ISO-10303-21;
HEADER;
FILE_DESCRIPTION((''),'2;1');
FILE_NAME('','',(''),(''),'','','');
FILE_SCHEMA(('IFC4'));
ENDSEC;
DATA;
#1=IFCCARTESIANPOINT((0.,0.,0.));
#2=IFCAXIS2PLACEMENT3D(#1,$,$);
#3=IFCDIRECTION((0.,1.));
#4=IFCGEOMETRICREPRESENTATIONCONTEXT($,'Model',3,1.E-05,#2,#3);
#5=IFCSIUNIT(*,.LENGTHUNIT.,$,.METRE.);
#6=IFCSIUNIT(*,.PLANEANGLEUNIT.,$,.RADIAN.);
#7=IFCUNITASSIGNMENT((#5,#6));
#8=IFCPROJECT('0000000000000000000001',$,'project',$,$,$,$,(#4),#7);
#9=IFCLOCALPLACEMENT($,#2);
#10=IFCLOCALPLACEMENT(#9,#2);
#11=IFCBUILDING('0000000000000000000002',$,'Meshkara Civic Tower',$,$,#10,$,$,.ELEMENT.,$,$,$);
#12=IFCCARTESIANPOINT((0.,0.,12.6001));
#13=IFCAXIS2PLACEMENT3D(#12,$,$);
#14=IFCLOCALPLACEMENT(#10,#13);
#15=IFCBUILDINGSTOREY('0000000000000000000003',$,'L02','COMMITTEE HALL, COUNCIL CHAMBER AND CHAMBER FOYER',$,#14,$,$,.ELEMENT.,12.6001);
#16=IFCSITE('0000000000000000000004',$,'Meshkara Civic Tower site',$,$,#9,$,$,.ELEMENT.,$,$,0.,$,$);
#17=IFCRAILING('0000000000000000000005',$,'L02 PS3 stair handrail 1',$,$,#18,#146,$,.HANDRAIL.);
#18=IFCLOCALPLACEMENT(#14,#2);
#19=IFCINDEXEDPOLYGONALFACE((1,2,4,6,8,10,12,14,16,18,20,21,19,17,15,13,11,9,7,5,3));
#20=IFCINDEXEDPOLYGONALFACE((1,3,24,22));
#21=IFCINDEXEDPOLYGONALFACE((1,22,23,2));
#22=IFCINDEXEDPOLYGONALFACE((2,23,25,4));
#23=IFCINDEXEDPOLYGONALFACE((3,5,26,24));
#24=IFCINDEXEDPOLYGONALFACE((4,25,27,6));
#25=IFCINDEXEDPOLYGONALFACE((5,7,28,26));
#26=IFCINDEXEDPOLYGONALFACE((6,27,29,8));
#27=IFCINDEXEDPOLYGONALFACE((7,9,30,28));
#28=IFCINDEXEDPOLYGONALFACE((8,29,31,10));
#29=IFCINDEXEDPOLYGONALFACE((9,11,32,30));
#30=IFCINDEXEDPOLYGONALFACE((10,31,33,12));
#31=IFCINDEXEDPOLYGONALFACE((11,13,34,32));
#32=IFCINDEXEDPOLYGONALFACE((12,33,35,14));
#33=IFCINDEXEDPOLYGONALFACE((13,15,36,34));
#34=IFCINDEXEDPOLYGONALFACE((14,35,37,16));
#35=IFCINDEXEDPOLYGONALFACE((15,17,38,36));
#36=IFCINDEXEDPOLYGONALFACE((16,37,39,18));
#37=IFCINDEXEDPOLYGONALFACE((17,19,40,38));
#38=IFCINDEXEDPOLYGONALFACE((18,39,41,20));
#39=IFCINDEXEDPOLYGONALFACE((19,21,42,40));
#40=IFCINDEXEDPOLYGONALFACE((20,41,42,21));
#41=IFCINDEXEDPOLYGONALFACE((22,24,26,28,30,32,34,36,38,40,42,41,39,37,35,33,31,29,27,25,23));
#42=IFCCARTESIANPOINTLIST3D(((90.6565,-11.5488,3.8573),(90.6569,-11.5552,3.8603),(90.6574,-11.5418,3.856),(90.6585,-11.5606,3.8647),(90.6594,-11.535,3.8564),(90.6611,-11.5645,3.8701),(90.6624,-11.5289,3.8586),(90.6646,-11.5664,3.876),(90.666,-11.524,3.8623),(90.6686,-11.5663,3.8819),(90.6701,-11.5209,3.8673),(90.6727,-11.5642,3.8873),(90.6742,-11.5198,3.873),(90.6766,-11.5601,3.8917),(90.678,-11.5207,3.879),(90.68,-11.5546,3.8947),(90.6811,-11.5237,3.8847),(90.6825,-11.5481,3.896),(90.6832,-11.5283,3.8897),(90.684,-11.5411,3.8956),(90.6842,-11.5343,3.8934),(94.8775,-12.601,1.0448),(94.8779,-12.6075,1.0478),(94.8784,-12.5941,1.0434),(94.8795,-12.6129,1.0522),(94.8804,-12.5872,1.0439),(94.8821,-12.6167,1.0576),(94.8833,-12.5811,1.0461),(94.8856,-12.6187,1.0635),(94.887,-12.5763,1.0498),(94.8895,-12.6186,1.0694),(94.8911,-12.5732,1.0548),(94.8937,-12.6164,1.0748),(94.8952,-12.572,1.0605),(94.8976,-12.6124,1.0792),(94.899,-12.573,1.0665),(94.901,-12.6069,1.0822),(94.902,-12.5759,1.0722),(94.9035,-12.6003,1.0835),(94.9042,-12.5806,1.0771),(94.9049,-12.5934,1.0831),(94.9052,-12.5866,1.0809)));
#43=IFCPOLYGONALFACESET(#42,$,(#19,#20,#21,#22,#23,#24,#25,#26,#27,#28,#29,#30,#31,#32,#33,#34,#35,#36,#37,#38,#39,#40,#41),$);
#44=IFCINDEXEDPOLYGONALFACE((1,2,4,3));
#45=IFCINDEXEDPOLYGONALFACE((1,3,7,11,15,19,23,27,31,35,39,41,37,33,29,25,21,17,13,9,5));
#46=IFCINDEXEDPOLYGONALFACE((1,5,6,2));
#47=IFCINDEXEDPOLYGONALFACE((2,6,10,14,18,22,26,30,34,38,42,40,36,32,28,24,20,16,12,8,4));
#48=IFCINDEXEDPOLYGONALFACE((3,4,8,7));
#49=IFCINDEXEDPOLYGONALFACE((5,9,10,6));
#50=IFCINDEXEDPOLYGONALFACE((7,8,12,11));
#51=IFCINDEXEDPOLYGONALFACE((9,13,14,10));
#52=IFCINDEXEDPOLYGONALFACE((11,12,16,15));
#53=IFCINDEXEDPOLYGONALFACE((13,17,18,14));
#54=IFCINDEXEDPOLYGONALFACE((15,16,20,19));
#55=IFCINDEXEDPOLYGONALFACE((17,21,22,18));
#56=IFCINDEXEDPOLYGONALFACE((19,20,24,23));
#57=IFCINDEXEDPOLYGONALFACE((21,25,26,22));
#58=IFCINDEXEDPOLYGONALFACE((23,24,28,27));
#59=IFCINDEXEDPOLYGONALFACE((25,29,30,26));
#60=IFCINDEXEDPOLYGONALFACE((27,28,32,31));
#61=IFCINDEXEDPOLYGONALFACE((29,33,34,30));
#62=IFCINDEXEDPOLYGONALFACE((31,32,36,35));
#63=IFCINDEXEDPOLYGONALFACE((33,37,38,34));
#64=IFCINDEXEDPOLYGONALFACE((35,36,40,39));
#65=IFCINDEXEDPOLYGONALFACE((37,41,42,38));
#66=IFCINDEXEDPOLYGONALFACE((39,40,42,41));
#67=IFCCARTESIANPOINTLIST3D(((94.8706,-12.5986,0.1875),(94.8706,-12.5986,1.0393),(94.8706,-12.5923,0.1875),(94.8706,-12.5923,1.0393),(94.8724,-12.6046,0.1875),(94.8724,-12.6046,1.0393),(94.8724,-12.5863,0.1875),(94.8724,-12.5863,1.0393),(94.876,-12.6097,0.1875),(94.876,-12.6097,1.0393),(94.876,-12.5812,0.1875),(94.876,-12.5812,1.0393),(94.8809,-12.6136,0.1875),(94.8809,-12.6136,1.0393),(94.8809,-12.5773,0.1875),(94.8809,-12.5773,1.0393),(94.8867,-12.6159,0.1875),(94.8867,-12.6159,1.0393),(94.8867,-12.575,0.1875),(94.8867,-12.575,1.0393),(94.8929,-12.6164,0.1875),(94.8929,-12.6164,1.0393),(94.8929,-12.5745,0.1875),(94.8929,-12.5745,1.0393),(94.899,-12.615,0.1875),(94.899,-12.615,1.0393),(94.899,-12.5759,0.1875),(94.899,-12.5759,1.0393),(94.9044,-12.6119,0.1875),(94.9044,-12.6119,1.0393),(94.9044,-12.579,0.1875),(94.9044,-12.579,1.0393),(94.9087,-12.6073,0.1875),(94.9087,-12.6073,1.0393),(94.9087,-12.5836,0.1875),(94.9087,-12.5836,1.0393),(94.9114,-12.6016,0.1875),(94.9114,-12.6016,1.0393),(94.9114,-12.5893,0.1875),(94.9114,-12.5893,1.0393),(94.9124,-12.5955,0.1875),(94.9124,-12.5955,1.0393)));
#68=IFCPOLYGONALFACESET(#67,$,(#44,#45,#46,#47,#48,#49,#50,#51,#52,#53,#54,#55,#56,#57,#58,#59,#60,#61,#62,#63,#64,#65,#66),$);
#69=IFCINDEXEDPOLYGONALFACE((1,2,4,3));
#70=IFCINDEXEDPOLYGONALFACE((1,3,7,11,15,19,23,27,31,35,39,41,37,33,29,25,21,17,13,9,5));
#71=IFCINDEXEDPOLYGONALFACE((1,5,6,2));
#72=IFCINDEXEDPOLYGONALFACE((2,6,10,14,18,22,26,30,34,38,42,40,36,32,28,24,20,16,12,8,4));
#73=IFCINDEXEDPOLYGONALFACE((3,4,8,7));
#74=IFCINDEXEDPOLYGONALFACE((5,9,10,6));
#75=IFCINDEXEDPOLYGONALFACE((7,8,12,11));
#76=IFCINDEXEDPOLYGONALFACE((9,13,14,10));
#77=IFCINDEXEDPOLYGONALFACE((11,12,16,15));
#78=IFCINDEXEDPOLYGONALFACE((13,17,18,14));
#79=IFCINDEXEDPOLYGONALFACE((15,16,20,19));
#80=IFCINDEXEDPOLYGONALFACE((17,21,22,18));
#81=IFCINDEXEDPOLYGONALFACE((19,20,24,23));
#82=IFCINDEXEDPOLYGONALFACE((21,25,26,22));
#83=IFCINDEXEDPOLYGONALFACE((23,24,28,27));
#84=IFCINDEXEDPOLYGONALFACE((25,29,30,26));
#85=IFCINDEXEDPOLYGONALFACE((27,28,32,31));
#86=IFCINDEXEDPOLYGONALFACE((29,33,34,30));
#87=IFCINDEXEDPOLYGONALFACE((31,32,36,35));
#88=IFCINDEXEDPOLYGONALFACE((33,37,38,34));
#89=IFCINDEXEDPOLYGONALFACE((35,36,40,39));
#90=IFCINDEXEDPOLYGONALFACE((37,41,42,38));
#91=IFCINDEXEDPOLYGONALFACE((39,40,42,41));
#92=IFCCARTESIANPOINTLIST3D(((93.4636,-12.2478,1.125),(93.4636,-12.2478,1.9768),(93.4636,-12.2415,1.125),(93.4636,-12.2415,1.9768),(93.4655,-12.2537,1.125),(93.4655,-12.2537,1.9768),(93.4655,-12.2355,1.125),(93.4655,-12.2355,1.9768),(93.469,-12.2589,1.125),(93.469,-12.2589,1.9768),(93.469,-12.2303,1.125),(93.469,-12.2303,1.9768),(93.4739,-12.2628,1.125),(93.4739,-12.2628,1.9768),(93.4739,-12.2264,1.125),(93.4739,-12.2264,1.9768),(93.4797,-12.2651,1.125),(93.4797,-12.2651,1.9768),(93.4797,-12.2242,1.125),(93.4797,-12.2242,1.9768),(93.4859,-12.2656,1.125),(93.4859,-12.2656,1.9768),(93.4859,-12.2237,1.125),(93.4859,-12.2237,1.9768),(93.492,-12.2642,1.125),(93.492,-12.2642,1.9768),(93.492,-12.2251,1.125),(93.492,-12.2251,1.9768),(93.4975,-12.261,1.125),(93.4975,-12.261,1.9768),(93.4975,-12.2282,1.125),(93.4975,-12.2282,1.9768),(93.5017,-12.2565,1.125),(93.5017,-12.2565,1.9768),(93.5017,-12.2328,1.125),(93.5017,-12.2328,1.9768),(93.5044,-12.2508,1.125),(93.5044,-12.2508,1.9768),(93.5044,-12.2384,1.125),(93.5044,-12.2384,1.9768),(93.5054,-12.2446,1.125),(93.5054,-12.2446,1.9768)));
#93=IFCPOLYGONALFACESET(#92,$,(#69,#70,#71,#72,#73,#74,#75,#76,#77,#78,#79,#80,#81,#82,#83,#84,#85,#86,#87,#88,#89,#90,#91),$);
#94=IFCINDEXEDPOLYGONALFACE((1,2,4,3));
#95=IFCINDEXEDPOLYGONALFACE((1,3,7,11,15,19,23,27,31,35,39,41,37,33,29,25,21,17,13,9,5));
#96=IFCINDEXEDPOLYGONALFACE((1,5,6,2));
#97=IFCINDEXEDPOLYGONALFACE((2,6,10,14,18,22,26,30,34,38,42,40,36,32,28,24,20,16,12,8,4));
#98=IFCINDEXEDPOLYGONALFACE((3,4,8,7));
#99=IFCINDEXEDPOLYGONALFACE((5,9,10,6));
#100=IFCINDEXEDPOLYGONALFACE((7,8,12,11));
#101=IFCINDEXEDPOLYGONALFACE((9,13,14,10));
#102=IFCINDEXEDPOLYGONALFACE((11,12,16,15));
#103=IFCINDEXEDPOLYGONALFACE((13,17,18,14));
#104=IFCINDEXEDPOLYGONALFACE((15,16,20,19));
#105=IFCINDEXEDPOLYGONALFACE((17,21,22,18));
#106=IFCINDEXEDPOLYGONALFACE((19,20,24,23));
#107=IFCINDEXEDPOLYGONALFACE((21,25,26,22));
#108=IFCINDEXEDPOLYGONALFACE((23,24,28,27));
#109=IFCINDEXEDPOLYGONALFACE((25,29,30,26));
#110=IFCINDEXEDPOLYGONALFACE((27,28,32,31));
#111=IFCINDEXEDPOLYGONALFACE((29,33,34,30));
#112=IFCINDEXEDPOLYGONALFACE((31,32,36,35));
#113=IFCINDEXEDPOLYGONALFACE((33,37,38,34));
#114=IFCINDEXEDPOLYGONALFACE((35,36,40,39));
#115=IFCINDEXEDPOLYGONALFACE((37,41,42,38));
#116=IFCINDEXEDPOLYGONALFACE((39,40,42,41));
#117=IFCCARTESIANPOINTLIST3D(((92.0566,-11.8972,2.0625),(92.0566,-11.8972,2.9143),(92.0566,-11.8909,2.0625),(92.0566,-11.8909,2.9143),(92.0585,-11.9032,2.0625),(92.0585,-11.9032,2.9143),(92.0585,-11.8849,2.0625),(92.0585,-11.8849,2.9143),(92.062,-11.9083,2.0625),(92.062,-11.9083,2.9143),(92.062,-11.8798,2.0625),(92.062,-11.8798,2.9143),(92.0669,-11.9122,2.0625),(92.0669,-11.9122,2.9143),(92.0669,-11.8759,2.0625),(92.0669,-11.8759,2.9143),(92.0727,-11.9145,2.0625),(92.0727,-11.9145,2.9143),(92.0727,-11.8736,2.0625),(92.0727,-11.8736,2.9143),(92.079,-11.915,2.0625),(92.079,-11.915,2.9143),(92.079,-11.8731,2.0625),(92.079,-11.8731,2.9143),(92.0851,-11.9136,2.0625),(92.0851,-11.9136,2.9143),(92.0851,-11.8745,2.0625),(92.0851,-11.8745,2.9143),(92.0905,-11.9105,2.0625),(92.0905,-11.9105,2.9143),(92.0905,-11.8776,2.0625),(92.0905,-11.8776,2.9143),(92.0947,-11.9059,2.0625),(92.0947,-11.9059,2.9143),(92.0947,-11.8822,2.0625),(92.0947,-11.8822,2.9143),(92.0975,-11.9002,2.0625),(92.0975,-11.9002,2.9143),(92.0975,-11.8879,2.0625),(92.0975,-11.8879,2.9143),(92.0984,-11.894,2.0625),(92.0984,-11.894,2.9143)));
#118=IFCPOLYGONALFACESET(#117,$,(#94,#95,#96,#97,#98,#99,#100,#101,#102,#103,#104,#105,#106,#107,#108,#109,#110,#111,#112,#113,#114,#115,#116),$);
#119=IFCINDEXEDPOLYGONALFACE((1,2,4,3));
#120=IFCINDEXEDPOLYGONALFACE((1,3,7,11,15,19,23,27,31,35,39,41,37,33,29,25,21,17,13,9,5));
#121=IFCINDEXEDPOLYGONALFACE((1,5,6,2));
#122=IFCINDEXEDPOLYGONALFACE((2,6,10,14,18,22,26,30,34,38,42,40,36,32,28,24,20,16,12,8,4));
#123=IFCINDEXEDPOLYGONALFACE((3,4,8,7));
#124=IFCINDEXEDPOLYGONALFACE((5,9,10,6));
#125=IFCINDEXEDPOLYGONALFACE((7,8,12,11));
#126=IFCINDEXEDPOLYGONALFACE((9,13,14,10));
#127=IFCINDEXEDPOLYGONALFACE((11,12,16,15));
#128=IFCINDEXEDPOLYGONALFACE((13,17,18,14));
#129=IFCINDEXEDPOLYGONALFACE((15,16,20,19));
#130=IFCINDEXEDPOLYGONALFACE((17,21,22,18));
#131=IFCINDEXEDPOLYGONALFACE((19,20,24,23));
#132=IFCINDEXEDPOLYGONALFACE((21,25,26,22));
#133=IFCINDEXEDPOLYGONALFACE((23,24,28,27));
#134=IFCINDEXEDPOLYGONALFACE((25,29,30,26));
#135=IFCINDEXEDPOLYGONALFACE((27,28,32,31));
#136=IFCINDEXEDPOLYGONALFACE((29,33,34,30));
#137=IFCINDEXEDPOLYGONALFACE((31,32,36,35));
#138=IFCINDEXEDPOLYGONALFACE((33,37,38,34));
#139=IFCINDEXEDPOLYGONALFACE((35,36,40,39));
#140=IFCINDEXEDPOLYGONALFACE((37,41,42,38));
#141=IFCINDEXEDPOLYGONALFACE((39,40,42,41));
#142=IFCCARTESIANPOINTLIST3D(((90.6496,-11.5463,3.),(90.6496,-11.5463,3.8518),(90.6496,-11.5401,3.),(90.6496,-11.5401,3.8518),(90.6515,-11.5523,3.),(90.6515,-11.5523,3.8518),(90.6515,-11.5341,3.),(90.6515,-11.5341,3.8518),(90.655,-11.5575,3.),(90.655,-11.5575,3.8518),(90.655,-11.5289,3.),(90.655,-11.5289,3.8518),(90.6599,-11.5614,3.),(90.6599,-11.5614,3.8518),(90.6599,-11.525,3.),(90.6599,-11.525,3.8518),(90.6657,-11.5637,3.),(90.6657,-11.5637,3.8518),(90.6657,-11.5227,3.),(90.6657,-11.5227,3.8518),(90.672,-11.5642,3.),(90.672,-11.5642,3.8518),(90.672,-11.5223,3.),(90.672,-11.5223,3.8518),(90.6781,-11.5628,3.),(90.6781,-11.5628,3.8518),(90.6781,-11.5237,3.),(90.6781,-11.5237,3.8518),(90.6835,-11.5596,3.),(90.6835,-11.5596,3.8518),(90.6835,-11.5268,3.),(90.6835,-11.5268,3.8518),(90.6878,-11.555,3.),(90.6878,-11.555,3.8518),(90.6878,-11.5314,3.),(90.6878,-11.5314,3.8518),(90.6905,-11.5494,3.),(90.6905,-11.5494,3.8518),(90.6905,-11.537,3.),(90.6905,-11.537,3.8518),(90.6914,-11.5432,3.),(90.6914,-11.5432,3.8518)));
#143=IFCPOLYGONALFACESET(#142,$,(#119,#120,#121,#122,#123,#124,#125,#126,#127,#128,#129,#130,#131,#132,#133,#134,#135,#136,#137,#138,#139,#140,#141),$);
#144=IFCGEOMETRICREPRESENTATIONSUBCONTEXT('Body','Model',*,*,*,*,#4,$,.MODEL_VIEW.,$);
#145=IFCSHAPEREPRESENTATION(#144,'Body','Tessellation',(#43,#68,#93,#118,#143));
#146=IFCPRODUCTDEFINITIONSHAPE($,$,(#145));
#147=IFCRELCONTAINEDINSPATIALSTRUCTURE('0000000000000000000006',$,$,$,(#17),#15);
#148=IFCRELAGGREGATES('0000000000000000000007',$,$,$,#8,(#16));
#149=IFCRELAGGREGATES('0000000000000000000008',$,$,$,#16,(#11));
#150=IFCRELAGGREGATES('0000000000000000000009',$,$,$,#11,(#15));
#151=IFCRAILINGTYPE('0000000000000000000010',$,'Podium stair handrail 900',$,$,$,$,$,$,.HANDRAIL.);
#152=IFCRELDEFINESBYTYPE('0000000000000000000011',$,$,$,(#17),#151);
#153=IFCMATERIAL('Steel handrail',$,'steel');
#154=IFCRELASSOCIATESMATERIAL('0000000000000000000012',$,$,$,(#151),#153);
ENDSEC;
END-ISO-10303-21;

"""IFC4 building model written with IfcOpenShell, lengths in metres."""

from ifc_helpers import new_model, si_unit, direction, frame, origin, origin_2d, place, context, subcontext, project, spatial, circle, extrude, material, type_object, element, save


model = new_model("IFC4")

# Units and contexts
model_context = context("Model", 3, precision=1e-05, world=origin(), true_north=direction((0.0, 1.0)))
body_context = subcontext(model_context, "Body", "Model", "MODEL_VIEW")
ifc_project = project(units=[si_unit("LENGTHUNIT", "METRE"), si_unit("PLANEANGLEUNIT", "RADIAN")], contexts=[model_context])

# Site, building, storey
site_placement = place(None, origin())
site = spatial("IfcSite", under=ifc_project, at=site_placement, Name="Meshkara Civic Tower site", CompositionType="ELEMENT", RefElevation=0.0)
building_placement = place(site_placement, origin())
building = spatial("IfcBuilding", under=site, at=building_placement, Name="Meshkara Civic Tower", CompositionType="ELEMENT")
storey_placement = place(building_placement, frame((0.0, 0.0, 12.6001)))
storey = spatial("IfcBuildingStorey", under=building, at=storey_placement, Name="L02", Description="COMMITTEE HALL, COUNCIL CHAMBER AND CHAMBER FOYER", CompositionType="ELEMENT", Elevation=12.6001)

# Railing
ifc_material_1 = material(Name="Steel handrail", Category="steel")
railing_type_1 = type_object("IfcRailingType", Name="Podium stair handrail 900", PredefinedType="HANDRAIL", material=ifc_material_1)
railing_1_placement = place(storey_placement, frame((94.8914, -12.5955, 0.1875)))
element("IfcRailing", 1, at=railing_1_placement, inside=storey, type_object=railing_type_1, Name="L02 PS3 stair handrail 1", PredefinedType="HANDRAIL", context=body_context, shape_type="SweptSolid", body=[
    extrude(circle(Radius=0.0239, at=origin_2d()), frame((0.0, 0.0, 0.876), z_axis=(-0.814834, 0.203131, 0.54294), x_axis=(-0.241889, -0.970304, 0.0)), (0.0, 0.0, 1.0), 5.1802),
    extrude(circle(Radius=0.021, at=origin_2d()), origin(), (0.0, 0.0, 1.0), 0.8518),
    extrude(circle(Radius=0.021, at=origin_2d()), frame((-1.407, 0.3508, 0.9375)), (0.0, 0.0, 1.0), 0.8518),
    extrude(circle(Radius=0.021, at=origin_2d()), frame((-2.814, 0.7014, 1.875)), (0.0, 0.0, 1.0), 0.8518),
    extrude(circle(Radius=0.021, at=origin_2d()), frame((-4.2209, 1.0522, 2.8125)), (0.0, 0.0, 1.0), 0.8518),
])

save(model, "model.ifc")
